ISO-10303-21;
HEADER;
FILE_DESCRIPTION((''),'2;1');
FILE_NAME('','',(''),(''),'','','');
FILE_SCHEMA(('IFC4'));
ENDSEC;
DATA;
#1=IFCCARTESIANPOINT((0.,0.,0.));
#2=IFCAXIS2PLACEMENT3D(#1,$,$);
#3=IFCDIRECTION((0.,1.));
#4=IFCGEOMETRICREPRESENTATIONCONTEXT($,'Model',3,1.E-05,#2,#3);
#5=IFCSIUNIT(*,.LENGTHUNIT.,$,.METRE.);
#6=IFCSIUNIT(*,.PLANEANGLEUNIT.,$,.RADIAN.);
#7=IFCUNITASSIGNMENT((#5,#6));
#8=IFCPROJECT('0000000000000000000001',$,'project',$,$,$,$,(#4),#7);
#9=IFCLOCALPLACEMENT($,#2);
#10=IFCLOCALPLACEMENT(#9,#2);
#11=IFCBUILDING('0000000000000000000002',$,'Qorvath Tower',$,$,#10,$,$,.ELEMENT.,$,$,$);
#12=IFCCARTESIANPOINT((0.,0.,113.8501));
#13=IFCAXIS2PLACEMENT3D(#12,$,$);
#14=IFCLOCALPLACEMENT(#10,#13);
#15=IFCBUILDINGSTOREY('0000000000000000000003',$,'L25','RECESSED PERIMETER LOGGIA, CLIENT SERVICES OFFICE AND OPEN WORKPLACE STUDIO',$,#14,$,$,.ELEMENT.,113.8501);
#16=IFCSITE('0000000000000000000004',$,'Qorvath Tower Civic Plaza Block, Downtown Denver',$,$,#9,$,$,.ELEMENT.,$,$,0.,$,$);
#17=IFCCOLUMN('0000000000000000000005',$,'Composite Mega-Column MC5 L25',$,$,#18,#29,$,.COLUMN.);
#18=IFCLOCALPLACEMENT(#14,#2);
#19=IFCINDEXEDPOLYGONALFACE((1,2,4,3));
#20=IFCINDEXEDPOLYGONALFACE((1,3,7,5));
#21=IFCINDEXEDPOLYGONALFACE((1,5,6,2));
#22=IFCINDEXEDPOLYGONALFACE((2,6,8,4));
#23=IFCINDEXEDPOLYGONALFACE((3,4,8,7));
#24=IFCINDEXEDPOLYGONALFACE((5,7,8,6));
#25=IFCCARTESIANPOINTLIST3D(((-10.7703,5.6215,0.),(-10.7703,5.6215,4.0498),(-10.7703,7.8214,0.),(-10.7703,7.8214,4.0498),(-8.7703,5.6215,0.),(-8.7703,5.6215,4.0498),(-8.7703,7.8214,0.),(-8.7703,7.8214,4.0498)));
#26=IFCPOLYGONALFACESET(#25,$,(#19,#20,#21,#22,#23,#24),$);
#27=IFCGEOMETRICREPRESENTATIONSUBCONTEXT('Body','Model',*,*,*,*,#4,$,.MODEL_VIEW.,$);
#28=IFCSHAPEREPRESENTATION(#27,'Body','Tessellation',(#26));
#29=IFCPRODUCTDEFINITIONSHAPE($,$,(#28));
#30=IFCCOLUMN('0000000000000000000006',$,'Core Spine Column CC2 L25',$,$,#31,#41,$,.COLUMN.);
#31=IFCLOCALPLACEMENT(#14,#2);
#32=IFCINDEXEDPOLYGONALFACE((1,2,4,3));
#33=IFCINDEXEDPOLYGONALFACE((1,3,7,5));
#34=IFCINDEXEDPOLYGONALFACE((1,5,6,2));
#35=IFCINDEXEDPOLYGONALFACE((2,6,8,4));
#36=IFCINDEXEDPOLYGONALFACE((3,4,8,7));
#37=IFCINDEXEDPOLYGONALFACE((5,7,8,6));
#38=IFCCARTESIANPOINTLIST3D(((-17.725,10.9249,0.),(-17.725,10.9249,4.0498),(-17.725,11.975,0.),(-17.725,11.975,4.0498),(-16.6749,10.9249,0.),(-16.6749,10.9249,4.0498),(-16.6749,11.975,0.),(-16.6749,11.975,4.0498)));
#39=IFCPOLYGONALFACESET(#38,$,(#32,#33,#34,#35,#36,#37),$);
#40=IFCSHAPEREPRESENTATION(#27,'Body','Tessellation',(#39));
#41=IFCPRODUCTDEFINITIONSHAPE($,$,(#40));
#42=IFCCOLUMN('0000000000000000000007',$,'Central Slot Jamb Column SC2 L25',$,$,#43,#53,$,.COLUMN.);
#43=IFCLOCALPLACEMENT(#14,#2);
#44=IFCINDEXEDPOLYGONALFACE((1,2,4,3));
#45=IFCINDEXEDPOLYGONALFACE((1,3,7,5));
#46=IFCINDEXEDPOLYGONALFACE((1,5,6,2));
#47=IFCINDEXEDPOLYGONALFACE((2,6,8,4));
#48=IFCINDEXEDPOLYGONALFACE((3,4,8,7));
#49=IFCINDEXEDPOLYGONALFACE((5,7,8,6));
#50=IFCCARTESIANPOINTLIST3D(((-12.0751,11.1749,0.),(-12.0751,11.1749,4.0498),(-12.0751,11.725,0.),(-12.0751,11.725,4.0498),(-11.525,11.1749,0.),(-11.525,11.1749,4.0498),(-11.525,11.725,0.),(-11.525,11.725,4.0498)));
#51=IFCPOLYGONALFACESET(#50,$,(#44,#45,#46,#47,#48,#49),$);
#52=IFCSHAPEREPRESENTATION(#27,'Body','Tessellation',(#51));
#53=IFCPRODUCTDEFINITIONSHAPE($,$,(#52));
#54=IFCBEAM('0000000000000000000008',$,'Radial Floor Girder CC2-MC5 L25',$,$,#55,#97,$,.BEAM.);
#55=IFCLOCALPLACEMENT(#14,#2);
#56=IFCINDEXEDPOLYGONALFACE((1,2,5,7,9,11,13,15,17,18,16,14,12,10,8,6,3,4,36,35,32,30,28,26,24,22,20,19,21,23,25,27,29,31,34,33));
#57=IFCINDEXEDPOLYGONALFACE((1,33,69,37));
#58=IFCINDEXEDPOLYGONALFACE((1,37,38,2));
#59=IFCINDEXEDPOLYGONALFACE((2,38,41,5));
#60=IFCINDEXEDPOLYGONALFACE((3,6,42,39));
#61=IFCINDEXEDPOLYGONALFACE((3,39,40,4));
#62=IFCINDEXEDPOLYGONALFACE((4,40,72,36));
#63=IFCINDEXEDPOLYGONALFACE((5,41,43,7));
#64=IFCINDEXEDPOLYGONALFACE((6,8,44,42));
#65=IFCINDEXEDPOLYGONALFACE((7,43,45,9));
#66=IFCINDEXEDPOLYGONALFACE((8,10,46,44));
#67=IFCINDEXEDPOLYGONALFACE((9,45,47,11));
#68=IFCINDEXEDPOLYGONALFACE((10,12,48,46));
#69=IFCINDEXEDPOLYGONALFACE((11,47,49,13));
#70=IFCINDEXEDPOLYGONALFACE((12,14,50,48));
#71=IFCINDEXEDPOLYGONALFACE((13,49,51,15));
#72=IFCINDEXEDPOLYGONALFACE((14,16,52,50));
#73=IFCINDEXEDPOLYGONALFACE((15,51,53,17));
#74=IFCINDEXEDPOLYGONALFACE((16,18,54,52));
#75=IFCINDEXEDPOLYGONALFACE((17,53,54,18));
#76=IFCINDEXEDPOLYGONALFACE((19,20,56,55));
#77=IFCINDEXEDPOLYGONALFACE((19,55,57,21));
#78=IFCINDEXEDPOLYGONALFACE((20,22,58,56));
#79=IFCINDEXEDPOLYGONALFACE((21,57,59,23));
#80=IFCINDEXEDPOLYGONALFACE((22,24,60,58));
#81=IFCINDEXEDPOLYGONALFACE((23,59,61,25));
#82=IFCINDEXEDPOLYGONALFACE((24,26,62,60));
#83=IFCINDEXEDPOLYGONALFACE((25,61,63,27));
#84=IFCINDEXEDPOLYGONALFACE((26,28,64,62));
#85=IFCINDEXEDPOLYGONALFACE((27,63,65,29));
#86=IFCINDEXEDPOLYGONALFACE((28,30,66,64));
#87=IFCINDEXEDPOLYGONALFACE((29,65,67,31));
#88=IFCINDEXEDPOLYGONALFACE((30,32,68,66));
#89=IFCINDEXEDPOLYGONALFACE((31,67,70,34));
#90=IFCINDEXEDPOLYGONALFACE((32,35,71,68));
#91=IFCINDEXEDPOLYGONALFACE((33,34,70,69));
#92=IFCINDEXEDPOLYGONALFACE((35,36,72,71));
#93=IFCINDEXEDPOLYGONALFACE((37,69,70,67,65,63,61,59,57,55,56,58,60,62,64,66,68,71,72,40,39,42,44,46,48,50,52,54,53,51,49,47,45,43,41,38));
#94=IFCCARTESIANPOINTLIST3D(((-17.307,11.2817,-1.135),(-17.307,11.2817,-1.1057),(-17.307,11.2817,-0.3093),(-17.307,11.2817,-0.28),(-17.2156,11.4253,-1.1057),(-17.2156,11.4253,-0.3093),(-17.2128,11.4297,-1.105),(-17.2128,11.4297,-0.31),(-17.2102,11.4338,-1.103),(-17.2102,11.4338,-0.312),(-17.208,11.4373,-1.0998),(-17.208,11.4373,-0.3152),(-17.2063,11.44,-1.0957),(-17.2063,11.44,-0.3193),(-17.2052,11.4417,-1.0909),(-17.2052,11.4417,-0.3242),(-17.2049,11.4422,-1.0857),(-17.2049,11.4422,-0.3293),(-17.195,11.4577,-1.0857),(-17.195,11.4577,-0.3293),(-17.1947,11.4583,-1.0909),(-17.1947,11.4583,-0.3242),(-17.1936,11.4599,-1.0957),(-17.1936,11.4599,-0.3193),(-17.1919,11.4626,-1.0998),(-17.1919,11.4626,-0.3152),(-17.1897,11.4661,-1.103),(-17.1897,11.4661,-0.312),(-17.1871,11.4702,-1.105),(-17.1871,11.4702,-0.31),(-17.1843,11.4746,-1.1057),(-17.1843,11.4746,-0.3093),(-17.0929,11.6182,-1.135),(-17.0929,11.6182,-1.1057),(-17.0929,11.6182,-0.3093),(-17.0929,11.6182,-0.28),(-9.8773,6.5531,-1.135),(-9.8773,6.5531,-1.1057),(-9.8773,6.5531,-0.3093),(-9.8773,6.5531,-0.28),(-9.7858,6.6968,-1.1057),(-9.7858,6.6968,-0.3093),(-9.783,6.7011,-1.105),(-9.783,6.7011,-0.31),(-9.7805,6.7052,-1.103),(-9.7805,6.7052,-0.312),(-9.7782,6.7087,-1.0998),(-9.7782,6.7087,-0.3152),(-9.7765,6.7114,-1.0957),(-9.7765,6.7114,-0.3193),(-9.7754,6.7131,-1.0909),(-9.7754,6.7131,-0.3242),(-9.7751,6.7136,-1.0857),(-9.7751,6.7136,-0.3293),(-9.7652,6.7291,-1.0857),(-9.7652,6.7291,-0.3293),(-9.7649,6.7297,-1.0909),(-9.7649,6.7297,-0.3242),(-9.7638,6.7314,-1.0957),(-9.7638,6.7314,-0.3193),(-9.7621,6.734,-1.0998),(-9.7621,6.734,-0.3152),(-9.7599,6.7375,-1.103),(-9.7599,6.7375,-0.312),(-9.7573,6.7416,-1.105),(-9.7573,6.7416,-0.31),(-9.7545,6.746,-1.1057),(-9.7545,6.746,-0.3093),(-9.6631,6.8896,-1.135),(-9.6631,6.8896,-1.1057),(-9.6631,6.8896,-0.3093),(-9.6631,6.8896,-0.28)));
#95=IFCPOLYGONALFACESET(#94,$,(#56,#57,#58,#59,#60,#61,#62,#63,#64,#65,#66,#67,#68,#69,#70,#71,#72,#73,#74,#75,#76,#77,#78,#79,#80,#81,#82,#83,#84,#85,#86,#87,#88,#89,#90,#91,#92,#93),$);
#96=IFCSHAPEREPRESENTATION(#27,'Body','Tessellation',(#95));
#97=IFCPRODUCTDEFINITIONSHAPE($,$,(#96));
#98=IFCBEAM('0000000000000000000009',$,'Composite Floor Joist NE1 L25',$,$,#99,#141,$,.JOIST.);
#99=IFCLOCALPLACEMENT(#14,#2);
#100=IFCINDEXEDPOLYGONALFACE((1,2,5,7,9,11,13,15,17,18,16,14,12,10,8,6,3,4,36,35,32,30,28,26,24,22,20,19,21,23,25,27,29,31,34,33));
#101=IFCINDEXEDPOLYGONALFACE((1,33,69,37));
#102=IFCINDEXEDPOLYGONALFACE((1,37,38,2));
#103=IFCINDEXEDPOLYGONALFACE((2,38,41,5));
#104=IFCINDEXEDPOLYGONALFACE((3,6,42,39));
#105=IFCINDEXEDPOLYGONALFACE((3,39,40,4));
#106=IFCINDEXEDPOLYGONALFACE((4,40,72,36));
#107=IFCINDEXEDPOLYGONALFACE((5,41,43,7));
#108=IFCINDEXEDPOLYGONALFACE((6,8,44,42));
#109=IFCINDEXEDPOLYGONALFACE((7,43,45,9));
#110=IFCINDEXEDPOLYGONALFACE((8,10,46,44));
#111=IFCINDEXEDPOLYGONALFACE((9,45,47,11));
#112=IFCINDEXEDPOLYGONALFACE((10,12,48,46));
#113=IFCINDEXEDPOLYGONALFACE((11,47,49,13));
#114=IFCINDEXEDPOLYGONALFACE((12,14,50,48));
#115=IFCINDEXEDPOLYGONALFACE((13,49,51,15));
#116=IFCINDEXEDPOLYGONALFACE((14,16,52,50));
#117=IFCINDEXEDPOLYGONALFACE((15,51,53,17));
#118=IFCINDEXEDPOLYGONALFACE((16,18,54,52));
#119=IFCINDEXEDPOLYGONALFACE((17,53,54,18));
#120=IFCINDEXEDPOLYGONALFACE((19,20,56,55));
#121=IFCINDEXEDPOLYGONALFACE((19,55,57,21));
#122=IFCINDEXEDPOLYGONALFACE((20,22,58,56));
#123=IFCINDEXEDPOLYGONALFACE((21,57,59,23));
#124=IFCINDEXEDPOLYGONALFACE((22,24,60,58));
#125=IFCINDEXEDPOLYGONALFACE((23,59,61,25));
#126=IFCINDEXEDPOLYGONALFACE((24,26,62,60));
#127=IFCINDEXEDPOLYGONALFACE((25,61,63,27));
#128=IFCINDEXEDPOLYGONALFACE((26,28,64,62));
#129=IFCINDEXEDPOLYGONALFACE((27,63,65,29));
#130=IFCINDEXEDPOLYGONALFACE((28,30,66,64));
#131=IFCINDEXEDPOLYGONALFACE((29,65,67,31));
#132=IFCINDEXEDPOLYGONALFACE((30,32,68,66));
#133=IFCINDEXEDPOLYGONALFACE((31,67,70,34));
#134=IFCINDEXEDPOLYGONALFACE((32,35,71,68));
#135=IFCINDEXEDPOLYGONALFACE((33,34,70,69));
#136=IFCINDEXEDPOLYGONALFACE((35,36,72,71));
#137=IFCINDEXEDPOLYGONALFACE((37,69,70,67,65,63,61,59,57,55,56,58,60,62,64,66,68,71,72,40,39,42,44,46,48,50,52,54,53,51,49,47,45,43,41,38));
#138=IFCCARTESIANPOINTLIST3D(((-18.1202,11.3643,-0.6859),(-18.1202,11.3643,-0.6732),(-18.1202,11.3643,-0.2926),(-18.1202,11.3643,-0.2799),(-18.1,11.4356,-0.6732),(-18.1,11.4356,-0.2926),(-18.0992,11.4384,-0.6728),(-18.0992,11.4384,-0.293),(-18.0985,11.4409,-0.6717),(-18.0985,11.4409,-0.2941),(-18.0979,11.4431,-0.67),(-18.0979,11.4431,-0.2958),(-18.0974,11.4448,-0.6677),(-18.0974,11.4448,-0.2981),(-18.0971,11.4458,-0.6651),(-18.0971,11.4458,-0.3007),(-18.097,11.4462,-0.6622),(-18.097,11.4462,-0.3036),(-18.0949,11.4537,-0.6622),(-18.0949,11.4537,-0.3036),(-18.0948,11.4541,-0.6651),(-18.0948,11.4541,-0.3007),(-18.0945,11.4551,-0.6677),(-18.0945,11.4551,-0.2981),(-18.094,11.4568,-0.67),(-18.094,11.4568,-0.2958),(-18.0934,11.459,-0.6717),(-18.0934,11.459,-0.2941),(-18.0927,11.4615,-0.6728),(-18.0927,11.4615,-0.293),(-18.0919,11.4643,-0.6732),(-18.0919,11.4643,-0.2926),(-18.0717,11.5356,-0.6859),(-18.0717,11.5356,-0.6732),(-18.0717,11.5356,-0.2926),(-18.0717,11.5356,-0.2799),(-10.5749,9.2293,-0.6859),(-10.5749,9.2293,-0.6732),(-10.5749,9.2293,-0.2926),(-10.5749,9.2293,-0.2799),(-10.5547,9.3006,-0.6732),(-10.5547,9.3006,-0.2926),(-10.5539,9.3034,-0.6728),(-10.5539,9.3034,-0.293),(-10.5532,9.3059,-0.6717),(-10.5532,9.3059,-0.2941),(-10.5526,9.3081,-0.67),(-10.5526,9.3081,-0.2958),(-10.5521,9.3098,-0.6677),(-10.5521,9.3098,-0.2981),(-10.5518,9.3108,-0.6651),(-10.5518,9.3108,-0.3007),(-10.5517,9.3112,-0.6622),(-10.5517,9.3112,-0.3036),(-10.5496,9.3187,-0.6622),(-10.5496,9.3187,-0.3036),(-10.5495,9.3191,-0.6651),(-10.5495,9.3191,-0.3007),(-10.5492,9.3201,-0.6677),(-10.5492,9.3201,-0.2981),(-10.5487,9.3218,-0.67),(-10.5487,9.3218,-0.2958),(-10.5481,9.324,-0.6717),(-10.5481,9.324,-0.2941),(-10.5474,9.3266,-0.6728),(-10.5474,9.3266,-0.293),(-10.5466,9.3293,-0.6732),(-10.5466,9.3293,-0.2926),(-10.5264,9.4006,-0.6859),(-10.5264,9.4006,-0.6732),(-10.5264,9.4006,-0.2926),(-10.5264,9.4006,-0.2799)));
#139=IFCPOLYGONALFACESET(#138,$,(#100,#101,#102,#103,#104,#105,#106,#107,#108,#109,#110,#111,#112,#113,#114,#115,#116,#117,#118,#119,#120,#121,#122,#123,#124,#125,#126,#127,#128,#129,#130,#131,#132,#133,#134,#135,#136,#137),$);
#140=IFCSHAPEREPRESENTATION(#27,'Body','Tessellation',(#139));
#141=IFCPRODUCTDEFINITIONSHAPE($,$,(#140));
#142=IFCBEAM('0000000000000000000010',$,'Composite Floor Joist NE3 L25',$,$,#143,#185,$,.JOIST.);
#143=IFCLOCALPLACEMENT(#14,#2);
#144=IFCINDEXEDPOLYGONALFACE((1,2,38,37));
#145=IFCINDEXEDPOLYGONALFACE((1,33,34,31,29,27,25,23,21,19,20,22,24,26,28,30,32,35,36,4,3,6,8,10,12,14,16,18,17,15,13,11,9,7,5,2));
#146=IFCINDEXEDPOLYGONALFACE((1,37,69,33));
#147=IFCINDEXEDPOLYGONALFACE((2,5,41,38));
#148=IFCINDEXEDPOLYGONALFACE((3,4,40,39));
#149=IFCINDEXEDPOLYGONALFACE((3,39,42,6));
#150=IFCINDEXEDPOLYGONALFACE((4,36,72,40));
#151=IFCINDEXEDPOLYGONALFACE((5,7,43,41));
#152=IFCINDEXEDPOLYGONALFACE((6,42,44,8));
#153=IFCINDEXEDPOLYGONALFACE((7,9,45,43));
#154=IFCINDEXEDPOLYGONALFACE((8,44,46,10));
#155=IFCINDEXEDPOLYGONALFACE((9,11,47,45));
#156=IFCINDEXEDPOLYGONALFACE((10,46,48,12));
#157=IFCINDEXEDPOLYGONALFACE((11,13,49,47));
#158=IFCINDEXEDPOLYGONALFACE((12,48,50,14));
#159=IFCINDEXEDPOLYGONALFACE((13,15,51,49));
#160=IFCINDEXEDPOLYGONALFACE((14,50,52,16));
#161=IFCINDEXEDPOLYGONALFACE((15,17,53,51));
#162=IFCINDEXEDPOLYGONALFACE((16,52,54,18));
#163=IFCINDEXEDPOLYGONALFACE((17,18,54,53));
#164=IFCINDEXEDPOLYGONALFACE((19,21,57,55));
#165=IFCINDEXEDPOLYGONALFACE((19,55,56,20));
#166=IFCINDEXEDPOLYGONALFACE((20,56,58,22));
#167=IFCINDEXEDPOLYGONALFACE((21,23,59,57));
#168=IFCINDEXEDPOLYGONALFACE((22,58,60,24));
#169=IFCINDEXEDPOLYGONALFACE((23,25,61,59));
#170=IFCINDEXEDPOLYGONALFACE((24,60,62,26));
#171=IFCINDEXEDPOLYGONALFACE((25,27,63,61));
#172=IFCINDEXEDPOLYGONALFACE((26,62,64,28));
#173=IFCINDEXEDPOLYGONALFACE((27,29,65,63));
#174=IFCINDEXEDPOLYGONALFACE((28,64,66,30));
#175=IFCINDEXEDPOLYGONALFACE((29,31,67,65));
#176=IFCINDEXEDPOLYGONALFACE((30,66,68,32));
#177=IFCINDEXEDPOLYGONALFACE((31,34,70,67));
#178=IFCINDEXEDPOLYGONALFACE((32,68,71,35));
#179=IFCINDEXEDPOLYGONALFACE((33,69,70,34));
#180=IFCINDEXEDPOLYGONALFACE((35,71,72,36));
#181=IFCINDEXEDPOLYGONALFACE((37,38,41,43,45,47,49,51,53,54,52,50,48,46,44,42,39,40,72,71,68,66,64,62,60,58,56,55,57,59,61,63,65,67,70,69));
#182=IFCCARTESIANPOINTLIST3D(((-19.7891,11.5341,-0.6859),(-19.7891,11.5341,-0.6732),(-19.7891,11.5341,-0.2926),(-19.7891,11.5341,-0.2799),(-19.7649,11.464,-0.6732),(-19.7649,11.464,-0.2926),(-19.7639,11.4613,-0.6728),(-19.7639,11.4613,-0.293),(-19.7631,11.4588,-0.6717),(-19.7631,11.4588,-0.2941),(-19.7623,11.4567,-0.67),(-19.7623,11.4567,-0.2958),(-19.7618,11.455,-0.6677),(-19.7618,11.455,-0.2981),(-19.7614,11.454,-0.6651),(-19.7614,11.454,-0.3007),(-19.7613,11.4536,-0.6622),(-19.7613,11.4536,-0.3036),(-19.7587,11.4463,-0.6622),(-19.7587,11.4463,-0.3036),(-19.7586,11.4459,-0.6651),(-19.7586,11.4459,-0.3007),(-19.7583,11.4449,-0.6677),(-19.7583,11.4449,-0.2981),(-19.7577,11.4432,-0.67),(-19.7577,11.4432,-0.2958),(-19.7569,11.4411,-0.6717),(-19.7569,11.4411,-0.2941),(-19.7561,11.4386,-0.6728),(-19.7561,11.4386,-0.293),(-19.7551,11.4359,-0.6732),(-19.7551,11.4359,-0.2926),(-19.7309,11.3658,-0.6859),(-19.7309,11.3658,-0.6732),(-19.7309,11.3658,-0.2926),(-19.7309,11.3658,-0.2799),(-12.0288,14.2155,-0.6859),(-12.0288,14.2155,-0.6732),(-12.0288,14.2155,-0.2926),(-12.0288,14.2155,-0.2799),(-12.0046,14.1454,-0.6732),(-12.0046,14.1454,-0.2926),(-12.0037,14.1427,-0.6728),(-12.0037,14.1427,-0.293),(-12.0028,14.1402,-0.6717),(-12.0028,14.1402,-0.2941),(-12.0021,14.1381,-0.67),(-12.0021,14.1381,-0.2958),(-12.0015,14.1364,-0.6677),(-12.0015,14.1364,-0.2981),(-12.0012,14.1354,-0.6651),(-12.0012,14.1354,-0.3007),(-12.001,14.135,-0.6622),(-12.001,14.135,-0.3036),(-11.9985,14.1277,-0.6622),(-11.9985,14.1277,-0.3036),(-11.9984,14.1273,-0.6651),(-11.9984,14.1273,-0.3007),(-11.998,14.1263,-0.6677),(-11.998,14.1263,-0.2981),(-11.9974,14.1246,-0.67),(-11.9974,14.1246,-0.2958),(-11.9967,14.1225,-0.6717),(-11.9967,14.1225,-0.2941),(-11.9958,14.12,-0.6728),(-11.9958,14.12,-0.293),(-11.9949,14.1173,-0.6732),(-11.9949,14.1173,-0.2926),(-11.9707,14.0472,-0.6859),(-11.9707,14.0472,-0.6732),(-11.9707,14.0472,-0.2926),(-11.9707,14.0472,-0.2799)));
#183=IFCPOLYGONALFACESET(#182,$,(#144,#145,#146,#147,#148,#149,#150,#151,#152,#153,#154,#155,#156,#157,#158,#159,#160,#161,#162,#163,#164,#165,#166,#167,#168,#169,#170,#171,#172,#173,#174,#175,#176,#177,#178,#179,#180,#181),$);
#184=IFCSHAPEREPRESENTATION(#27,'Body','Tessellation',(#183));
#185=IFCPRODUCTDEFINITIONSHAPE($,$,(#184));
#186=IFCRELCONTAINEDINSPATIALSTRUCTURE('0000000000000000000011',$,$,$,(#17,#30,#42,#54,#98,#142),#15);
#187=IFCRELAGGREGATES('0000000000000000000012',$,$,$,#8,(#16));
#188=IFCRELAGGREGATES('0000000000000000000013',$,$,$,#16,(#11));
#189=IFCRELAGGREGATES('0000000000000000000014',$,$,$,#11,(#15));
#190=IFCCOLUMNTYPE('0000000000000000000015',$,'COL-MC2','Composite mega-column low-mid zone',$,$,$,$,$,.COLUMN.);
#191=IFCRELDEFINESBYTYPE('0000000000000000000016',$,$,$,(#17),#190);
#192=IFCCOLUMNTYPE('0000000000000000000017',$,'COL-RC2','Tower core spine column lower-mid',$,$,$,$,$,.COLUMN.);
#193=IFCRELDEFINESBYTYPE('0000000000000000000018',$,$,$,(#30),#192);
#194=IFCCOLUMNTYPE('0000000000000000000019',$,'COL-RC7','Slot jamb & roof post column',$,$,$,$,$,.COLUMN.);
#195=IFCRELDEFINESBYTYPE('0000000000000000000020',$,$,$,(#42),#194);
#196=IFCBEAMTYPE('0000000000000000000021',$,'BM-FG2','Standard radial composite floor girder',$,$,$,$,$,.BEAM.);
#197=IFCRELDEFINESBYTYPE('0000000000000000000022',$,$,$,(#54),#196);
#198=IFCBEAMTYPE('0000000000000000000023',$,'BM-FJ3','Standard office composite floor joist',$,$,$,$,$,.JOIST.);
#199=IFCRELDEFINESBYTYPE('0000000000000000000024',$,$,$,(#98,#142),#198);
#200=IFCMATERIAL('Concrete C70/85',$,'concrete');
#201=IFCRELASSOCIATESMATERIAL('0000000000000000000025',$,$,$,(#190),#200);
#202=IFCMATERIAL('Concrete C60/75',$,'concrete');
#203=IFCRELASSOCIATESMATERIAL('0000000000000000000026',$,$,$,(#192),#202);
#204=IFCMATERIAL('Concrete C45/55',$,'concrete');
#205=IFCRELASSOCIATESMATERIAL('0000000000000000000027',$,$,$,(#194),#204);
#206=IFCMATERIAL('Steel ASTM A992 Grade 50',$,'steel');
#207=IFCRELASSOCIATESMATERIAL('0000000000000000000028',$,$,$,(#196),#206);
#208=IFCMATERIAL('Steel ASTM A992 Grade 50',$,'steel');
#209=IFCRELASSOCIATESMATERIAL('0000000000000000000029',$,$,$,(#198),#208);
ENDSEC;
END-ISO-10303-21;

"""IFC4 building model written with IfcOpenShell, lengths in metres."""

from ifc_helpers import new_model, si_unit, direction, frame, origin, origin_2d, place, context, subcontext, project, spatial, rectangle, i_section, extrude, material, material_profile, profile_set, type_object, element, save


model = new_model("IFC4")

# Units and contexts
model_context = context("Model", 3, precision=1e-05, world=origin(), true_north=direction((0.0, 1.0)))
body_context = subcontext(model_context, "Body", "Model", "MODEL_VIEW")
ifc_project = project(units=[si_unit("LENGTHUNIT", "METRE"), si_unit("PLANEANGLEUNIT", "RADIAN")], contexts=[model_context])

# Site, building, storey
site_placement = place(None, origin())
site = spatial("IfcSite", under=ifc_project, at=site_placement, Name="Qorvath Tower Civic Plaza Block, Downtown Denver", CompositionType="ELEMENT", RefElevation=0.0)
building_placement = place(site_placement, origin())
building = spatial("IfcBuilding", under=site, at=building_placement, Name="Qorvath Tower", CompositionType="ELEMENT")
storey_placement = place(building_placement, frame((0.0, 0.0, 113.8501)))
storey = spatial("IfcBuildingStorey", under=building, at=storey_placement, Name="L25", Description="RECESSED PERIMETER LOGGIA, CLIENT SERVICES OFFICE AND OPEN WORKPLACE STUDIO", CompositionType="ELEMENT", Elevation=113.8501)

# Columns
ifc_material_1 = material(Name="Concrete C70/85", Category="concrete")
ifc_material_profile_1 = material_profile(ifc_material_1, rectangle(XDim=2.0, YDim=2.2, at=origin_2d()), Name="MC 2200x2000")
ifc_profile_set_1 = profile_set([ifc_material_profile_1], Name="Concrete C70/85")
column_type_1 = type_object("IfcColumnType", Name="COL-MC2", Description="Composite mega-column low-mid zone", PredefinedType="COLUMN", material=ifc_profile_set_1)
column_1_placement = place(storey_placement, frame((-9.7703, 6.7214, 0.0), z_axis=(0.0, 0.0, 1.0), x_axis=(1.0, 0.0, 0.0)))
element("IfcColumn", 1, at=column_1_placement, inside=storey, type_object=column_type_1, Name="Composite Mega-Column MC5 L25", PredefinedType="COLUMN", context=body_context, shape_type="SweptSolid", body=[
    extrude(rectangle(XDim=2.0, YDim=2.2, at=origin_2d()), origin(), (0.0, 0.0, 1.0), 4.0498),
])
ifc_material_2 = material(Name="Concrete C60/75", Category="concrete")
ifc_material_profile_2 = material_profile(ifc_material_2, rectangle(XDim=1.05, YDim=1.05, at=origin_2d()), Name="RC 1050x1050")
ifc_profile_set_2 = profile_set([ifc_material_profile_2], Name="Concrete C60/75")
column_type_2 = type_object("IfcColumnType", Name="COL-RC2", Description="Tower core spine column lower-mid", PredefinedType="COLUMN", material=ifc_profile_set_2)
column_2_placement = place(storey_placement, frame((-17.2, 11.45, 0.0), z_axis=(0.0, 0.0, 1.0), x_axis=(1.0, 0.0, 0.0)))
element("IfcColumn", 2, at=column_2_placement, inside=storey, type_object=column_type_2, Name="Core Spine Column CC2 L25", PredefinedType="COLUMN", context=body_context, shape_type="SweptSolid", body=[
    extrude(rectangle(XDim=1.05, YDim=1.05, at=origin_2d()), origin(), (0.0, 0.0, 1.0), 4.0498),
])
ifc_material_3 = material(Name="Concrete C45/55", Category="concrete")
ifc_material_profile_3 = material_profile(ifc_material_3, rectangle(XDim=0.55, YDim=0.55, at=origin_2d()), Name="RC 550x550")
ifc_profile_set_3 = profile_set([ifc_material_profile_3], Name="Concrete C45/55")
column_type_3 = type_object("IfcColumnType", Name="COL-RC7", Description="Slot jamb & roof post column", PredefinedType="COLUMN", material=ifc_profile_set_3)
column_3_placement = place(storey_placement, frame((-11.8, 11.45, 0.0), z_axis=(0.0, 0.0, 1.0), x_axis=(1.0, 0.0, 0.0)))
element("IfcColumn", 3, at=column_3_placement, inside=storey, type_object=column_type_3, Name="Central Slot Jamb Column SC2 L25", PredefinedType="COLUMN", context=body_context, shape_type="SweptSolid", body=[
    extrude(rectangle(XDim=0.55, YDim=0.55, at=origin_2d()), origin(), (0.0, 0.0, 1.0), 4.0498),
])

# Beams
ifc_material_4 = material(Name="Steel ASTM A992 Grade 50", Category="steel")
ifc_material_profile_4 = material_profile(ifc_material_4, i_section(OverallWidth=0.3989, OverallDepth=0.855, WebThickness=0.0183, FlangeThickness=0.0293, FilletRadius=0.02, at=origin_2d()), Name="W33x201")
ifc_profile_set_4 = profile_set([ifc_material_profile_4], Name="Steel ASTM A992 Grade 50")
beam_type_1 = type_object("IfcBeamType", Name="BM-FG2", Description="Standard radial composite floor girder", PredefinedType="BEAM", material=ifc_profile_set_4)
beam_1_placement = place(storey_placement, frame((-17.2, 11.45, -0.7075), z_axis=(0.843634, -0.536919, 0.0), x_axis=(0.536919, 0.843634, 0.0)))
element("IfcBeam", 4, at=beam_1_placement, inside=storey, type_object=beam_type_1, Name="Radial Floor Girder CC2-MC5 L25", PredefinedType="BEAM", context=body_context, shape_type="SweptSolid", body=[
    extrude(i_section(OverallWidth=0.3989, OverallDepth=0.855, WebThickness=0.0183, FlangeThickness=0.0293, FilletRadius=0.02, at=origin_2d()), origin(), (0.0, 0.0, 1.0), 8.8069),
])
ifc_material_5 = material(Name="Steel ASTM A992 Grade 50", Category="steel")
ifc_material_profile_5 = material_profile(ifc_material_5, i_section(OverallWidth=0.178, OverallDepth=0.406, WebThickness=0.0078, FlangeThickness=0.0127, FilletRadius=0.011, at=origin_2d()), Name="W16x40")
ifc_profile_set_5 = profile_set([ifc_material_profile_5], Name="Steel ASTM A992 Grade 50")
beam_type_2 = type_object("IfcBeamType", Name="BM-FJ3", Description="Standard office composite floor joist", PredefinedType="JOIST", material=ifc_profile_set_5)
beam_2_placement = place(storey_placement, frame((-18.0959, 11.45, -0.4829), z_axis=(0.962222, -0.272265, 0.0), x_axis=(0.272265, 0.962222, 0.0)))
element("IfcBeam", 5, at=beam_2_placement, inside=storey, type_object=beam_type_2, Name="Composite Floor Joist NE1 L25", PredefinedType="JOIST", context=body_context, shape_type="SweptSolid", body=[
    extrude(i_section(OverallWidth=0.178, OverallDepth=0.406, WebThickness=0.0078, FlangeThickness=0.0127, FilletRadius=0.011, at=origin_2d()), origin(), (0.0, 0.0, 1.0), 7.8416),
])
beam_3_placement = place(storey_placement, frame((-19.76, 11.45, -0.4829), z_axis=(0.945168, 0.326584, 0.0), x_axis=(-0.326584, 0.945168, 0.0)))
element("IfcBeam", 6, at=beam_3_placement, inside=storey, type_object=beam_type_2, Name="Composite Floor Joist NE3 L25", PredefinedType="JOIST", context=body_context, shape_type="SweptSolid", body=[
    extrude(i_section(OverallWidth=0.178, OverallDepth=0.406, WebThickness=0.0078, FlangeThickness=0.0127, FilletRadius=0.011, at=origin_2d()), origin(), (0.0, 0.0, 1.0), 8.2104),
])

save(model, "model.ifc")
